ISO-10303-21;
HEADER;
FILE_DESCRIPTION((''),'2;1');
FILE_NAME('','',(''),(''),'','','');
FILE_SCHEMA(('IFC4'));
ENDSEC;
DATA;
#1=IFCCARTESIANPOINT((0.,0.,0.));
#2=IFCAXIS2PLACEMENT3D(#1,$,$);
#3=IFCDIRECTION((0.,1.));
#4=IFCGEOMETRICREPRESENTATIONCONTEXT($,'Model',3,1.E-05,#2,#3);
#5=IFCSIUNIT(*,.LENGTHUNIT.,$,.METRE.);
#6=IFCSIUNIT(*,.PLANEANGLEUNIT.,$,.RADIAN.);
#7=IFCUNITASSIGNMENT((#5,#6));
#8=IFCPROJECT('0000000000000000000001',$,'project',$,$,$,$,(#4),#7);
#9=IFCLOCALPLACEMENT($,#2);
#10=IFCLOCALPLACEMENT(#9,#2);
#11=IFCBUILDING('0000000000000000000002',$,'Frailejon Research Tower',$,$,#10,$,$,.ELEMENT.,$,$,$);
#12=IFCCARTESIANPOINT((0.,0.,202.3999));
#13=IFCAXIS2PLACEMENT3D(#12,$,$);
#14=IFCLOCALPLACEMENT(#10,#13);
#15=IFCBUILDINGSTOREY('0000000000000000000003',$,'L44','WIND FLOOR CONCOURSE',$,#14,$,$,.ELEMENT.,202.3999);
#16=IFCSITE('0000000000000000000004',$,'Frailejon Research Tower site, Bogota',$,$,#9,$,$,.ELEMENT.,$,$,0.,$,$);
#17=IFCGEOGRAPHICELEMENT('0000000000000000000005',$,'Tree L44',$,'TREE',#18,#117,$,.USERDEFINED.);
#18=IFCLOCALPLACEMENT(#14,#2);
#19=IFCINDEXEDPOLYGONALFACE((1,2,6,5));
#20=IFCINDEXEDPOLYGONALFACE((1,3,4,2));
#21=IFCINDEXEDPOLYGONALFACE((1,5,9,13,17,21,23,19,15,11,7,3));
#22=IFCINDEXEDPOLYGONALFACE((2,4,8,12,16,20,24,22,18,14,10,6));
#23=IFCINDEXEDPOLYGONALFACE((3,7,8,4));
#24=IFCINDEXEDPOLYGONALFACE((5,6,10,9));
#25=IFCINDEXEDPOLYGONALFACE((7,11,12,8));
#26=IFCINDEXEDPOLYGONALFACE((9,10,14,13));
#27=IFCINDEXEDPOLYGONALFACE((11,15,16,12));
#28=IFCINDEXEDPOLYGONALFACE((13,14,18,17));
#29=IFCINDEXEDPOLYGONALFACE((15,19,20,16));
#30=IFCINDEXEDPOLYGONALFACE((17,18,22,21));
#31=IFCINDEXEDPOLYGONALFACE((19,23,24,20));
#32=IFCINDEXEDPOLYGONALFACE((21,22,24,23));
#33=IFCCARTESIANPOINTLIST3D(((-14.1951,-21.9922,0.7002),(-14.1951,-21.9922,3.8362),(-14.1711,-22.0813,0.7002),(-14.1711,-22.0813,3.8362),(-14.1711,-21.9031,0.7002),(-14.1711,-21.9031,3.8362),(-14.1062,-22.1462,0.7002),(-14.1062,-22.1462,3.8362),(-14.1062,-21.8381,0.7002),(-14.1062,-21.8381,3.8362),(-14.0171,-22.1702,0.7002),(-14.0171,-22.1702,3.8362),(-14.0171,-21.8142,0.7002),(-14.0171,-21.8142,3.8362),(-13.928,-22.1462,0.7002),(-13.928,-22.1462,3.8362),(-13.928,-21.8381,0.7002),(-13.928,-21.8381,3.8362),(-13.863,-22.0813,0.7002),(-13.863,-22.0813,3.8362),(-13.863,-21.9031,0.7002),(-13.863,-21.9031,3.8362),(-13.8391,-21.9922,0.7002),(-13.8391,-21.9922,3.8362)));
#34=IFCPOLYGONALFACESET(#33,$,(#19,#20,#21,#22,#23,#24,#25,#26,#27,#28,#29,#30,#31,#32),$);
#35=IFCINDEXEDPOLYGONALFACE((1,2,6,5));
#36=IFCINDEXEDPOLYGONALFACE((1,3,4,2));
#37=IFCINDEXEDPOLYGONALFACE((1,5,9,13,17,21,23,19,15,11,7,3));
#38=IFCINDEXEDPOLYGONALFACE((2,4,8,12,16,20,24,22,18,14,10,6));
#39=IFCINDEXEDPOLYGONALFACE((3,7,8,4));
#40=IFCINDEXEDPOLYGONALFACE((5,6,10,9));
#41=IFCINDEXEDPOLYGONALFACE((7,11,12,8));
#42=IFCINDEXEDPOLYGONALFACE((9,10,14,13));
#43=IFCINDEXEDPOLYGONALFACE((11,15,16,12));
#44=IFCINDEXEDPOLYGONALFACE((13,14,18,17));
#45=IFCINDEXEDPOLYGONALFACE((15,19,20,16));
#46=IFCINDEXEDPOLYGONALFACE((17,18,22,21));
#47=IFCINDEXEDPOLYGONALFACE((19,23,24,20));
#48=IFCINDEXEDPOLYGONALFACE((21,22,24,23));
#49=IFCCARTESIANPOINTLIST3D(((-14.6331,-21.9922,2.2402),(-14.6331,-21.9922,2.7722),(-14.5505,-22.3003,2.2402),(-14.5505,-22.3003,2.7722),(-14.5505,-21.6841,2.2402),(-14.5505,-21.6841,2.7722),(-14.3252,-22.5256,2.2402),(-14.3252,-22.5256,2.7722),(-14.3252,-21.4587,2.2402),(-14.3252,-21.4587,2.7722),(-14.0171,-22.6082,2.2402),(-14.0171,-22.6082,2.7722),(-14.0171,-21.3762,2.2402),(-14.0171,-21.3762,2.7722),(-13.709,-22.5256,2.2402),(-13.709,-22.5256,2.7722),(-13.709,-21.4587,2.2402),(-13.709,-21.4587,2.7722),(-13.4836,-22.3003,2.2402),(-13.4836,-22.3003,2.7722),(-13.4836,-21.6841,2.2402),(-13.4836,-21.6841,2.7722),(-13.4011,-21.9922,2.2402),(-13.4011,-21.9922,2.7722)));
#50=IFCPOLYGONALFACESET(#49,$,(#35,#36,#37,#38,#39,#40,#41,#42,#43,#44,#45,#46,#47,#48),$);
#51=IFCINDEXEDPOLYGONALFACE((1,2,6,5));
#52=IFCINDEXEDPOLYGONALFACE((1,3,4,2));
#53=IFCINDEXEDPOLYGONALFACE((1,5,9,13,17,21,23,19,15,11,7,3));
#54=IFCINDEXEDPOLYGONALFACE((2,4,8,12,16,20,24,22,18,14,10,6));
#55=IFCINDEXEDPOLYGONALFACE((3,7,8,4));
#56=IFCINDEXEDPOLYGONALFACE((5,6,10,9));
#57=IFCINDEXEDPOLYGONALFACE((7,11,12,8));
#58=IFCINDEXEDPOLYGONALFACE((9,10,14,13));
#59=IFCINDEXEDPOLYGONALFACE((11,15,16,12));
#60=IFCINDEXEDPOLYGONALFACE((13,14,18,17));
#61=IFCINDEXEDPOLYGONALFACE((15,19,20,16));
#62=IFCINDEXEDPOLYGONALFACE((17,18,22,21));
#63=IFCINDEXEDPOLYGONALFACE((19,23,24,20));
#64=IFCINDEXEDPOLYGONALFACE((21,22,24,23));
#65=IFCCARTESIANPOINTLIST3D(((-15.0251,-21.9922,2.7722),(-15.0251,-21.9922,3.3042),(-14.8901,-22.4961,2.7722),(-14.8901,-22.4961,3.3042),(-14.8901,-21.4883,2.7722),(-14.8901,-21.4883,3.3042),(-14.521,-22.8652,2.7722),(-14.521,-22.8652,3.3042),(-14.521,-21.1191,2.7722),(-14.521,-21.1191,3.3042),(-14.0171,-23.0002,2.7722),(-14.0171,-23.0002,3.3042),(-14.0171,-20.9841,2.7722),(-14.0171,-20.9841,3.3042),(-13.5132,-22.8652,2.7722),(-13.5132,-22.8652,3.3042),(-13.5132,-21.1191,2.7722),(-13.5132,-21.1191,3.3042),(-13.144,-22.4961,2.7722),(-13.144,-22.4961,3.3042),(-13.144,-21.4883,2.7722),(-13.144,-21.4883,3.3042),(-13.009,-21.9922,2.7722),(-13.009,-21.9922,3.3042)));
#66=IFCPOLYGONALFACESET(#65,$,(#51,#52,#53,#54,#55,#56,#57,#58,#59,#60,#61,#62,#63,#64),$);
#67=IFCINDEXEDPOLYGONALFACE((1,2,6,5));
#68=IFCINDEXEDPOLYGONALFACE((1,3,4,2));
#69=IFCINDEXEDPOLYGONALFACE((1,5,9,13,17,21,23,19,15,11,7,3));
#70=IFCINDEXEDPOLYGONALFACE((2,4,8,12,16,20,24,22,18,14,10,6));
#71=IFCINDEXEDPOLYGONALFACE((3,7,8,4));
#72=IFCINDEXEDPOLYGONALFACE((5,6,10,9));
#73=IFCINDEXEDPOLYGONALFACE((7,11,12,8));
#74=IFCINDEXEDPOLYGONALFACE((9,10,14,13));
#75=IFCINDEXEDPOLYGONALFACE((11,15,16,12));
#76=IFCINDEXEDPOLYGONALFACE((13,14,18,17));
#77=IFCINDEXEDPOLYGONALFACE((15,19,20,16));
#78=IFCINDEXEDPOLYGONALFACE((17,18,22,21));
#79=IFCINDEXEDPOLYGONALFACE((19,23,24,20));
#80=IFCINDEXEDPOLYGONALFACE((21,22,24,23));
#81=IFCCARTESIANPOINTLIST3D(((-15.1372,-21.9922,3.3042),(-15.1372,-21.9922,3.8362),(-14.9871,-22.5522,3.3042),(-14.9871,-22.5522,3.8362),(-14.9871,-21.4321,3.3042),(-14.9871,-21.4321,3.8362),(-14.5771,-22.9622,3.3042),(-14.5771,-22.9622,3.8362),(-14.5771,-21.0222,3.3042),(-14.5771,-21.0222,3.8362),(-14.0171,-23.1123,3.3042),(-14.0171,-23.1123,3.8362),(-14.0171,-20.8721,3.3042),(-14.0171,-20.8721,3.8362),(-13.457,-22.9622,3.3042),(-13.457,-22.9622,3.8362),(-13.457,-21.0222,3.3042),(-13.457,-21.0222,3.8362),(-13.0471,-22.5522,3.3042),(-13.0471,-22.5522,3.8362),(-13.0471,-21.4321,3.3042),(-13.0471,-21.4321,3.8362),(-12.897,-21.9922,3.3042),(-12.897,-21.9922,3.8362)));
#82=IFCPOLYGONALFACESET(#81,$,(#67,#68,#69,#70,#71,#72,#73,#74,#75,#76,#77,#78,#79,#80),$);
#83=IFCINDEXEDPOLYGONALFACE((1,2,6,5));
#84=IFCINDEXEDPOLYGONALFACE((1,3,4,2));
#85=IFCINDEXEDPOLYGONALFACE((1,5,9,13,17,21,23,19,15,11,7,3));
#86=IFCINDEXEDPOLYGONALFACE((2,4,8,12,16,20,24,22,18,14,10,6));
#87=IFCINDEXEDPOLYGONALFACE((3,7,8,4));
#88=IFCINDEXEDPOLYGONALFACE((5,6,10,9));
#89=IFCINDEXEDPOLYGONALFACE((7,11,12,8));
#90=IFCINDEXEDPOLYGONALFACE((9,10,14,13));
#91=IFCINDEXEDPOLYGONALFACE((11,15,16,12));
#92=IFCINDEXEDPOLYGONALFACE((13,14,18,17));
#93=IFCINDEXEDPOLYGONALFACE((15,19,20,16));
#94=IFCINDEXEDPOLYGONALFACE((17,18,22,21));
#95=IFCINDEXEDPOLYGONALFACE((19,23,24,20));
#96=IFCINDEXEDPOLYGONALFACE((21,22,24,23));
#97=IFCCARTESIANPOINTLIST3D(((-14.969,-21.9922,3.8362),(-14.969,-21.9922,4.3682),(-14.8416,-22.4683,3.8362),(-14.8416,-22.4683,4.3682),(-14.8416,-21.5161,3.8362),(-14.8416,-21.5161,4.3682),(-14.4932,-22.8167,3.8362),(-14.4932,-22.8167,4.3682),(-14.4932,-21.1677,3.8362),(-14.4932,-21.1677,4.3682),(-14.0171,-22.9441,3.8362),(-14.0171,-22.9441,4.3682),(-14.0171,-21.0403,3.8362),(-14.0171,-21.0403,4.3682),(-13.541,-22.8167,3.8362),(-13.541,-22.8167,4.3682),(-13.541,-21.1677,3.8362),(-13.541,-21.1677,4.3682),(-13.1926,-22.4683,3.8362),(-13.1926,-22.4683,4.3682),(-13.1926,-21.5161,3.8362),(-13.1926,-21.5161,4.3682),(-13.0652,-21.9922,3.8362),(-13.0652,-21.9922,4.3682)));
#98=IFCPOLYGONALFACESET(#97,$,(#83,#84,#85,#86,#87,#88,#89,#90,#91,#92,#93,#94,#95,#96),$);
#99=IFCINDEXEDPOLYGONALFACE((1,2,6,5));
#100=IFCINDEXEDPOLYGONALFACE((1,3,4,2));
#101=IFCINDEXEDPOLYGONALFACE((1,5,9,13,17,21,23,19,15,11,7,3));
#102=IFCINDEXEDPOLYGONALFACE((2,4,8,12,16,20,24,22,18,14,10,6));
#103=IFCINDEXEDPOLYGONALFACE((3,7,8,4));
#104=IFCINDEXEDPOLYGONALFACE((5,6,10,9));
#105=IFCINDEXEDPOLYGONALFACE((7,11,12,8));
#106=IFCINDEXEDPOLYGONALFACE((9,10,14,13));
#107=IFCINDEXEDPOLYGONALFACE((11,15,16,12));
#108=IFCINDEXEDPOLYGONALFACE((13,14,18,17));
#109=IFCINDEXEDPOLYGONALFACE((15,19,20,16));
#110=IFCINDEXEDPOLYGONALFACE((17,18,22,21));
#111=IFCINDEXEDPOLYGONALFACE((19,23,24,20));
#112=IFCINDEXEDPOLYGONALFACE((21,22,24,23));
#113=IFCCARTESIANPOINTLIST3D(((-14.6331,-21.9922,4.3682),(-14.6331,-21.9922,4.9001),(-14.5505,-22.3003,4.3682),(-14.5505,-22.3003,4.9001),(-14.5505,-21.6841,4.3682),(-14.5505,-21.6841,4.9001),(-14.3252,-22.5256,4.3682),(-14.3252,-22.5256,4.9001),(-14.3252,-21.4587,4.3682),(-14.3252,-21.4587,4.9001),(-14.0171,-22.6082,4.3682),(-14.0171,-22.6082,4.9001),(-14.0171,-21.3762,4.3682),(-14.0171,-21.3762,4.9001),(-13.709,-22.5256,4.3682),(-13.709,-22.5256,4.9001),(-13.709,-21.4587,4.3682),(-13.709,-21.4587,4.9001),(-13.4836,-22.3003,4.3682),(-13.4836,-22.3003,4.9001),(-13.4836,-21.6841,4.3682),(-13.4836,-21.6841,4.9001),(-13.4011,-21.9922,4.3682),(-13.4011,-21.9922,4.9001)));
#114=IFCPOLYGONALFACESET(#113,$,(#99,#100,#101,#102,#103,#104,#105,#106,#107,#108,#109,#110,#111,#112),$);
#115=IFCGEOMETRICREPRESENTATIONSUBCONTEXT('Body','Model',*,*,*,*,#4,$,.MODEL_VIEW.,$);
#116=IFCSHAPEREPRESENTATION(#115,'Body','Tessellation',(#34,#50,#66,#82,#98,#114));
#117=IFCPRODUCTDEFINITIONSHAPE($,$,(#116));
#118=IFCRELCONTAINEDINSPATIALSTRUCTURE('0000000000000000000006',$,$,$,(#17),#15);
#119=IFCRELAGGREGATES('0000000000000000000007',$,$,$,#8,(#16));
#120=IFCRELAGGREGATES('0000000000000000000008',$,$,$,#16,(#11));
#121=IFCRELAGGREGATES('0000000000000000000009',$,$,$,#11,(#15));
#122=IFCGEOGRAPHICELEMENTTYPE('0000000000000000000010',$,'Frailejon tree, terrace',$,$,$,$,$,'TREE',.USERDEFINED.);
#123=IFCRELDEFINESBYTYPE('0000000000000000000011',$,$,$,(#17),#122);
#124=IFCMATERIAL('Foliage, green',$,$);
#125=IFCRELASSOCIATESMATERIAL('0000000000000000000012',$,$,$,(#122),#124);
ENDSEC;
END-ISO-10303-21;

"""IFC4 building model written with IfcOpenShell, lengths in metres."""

from ifc_helpers import new_model, si_unit, direction, frame, origin, place, context, subcontext, project, spatial, polyline, outline, extrude, material, type_object, element, save


model = new_model("IFC4")

# Units and contexts
model_context = context("Model", 3, precision=1e-05, world=origin(), true_north=direction((0.0, 1.0)))
body_context = subcontext(model_context, "Body", "Model", "MODEL_VIEW")
ifc_project = project(units=[si_unit("LENGTHUNIT", "METRE"), si_unit("PLANEANGLEUNIT", "RADIAN")], contexts=[model_context])

# Site, building, storey
site_placement = place(None, origin())
site = spatial("IfcSite", under=ifc_project, at=site_placement, Name="Frailejon Research Tower site, Bogota", CompositionType="ELEMENT", RefElevation=0.0)
building_placement = place(site_placement, origin())
building = spatial("IfcBuilding", under=site, at=building_placement, Name="Frailejon Research Tower", CompositionType="ELEMENT")
storey_placement = place(building_placement, frame((0.0, 0.0, 202.3999)))
storey = spatial("IfcBuildingStorey", under=building, at=storey_placement, Name="L44", Description="WIND FLOOR CONCOURSE", CompositionType="ELEMENT", Elevation=202.3999)

# Geographic element
ifc_material_1 = material(Name="Foliage, green")
geographic_element_type = type_object("IfcGeographicElementType", Name="Frailejon tree, terrace", ElementType="TREE", PredefinedType="USERDEFINED", material=ifc_material_1)
geographic_element_placement = place(storey_placement, frame((-14.0171, -21.9922, 0.7002)))
element("IfcGeographicElement", 1, at=geographic_element_placement, inside=storey, type_object=geographic_element_type, Name="Tree L44", ObjectType="TREE", PredefinedType="USERDEFINED", context=body_context, shape_type="SweptSolid", body=[
    extrude(outline(polyline([(0.178, 0.0), (0.1541, 0.0891), (0.0891, 0.1541), (0.0, 0.178), (-0.0891, 0.1541), (-0.1541, 0.0891), (-0.178, 0.0), (-0.1541, -0.0891), (-0.0891, -0.1541), (0.0, -0.178), (0.0891, -0.1541), (0.1541, -0.0891), (0.178, 0.0)])), origin(), (0.0, 0.0, 1.0), 3.136),
    extrude(outline(polyline([(0.616, 0.0), (0.5334, 0.3081), (0.3081, 0.5334), (0.0, 0.616), (-0.3081, 0.5334), (-0.5334, 0.3081), (-0.616, 0.0), (-0.5334, -0.3081), (-0.3081, -0.5334), (0.0, -0.616), (0.3081, -0.5334), (0.5334, -0.3081), (0.616, 0.0)])), frame((0.0, 0.0, 1.54)), (0.0, 0.0, 1.0), 0.532),
    extrude(outline(polyline([(1.0081, 0.0), (0.873, 0.5039), (0.5039, 0.873), (0.0, 1.0081), (-0.5039, 0.873), (-0.873, 0.5039), (-1.0081, 0.0), (-0.873, -0.5039), (-0.5039, -0.873), (0.0, -1.0081), (0.5039, -0.873), (0.873, -0.5039), (1.0081, 0.0)])), frame((0.0, 0.0, 2.072)), (0.0, 0.0, 1.0), 0.532),
    extrude(outline(polyline([(1.1201, 0.0), (0.97, 0.5601), (0.5601, 0.97), (0.0, 1.1201), (-0.5601, 0.97), (-0.97, 0.5601), (-1.1201, 0.0), (-0.97, -0.5601), (-0.5601, -0.97), (0.0, -1.1201), (0.5601, -0.97), (0.97, -0.5601), (1.1201, 0.0)])), frame((0.0, 0.0, 2.604)), (0.0, 0.0, 1.0), 0.532),
    extrude(outline(polyline([(0.9519, 0.0), (0.8245, 0.4761), (0.4761, 0.8245), (0.0, 0.9519), (-0.4761, 0.8245), (-0.8245, 0.4761), (-0.9519, 0.0), (-0.8245, -0.4761), (-0.4761, -0.8245), (0.0, -0.9519), (0.4761, -0.8245), (0.8245, -0.4761), (0.9519, 0.0)])), frame((0.0, 0.0, 3.136)), (0.0, 0.0, 1.0), 0.532),
    extrude(outline(polyline([(0.616, 0.0), (0.5334, 0.3081), (0.3081, 0.5334), (0.0, 0.616), (-0.3081, 0.5334), (-0.5334, 0.3081), (-0.616, 0.0), (-0.5334, -0.3081), (-0.3081, -0.5334), (0.0, -0.616), (0.3081, -0.5334), (0.5334, -0.3081), (0.616, 0.0)])), frame((0.0, 0.0, 3.668)), (0.0, 0.0, 1.0), 0.532),
])

save(model, "model.ifc")
